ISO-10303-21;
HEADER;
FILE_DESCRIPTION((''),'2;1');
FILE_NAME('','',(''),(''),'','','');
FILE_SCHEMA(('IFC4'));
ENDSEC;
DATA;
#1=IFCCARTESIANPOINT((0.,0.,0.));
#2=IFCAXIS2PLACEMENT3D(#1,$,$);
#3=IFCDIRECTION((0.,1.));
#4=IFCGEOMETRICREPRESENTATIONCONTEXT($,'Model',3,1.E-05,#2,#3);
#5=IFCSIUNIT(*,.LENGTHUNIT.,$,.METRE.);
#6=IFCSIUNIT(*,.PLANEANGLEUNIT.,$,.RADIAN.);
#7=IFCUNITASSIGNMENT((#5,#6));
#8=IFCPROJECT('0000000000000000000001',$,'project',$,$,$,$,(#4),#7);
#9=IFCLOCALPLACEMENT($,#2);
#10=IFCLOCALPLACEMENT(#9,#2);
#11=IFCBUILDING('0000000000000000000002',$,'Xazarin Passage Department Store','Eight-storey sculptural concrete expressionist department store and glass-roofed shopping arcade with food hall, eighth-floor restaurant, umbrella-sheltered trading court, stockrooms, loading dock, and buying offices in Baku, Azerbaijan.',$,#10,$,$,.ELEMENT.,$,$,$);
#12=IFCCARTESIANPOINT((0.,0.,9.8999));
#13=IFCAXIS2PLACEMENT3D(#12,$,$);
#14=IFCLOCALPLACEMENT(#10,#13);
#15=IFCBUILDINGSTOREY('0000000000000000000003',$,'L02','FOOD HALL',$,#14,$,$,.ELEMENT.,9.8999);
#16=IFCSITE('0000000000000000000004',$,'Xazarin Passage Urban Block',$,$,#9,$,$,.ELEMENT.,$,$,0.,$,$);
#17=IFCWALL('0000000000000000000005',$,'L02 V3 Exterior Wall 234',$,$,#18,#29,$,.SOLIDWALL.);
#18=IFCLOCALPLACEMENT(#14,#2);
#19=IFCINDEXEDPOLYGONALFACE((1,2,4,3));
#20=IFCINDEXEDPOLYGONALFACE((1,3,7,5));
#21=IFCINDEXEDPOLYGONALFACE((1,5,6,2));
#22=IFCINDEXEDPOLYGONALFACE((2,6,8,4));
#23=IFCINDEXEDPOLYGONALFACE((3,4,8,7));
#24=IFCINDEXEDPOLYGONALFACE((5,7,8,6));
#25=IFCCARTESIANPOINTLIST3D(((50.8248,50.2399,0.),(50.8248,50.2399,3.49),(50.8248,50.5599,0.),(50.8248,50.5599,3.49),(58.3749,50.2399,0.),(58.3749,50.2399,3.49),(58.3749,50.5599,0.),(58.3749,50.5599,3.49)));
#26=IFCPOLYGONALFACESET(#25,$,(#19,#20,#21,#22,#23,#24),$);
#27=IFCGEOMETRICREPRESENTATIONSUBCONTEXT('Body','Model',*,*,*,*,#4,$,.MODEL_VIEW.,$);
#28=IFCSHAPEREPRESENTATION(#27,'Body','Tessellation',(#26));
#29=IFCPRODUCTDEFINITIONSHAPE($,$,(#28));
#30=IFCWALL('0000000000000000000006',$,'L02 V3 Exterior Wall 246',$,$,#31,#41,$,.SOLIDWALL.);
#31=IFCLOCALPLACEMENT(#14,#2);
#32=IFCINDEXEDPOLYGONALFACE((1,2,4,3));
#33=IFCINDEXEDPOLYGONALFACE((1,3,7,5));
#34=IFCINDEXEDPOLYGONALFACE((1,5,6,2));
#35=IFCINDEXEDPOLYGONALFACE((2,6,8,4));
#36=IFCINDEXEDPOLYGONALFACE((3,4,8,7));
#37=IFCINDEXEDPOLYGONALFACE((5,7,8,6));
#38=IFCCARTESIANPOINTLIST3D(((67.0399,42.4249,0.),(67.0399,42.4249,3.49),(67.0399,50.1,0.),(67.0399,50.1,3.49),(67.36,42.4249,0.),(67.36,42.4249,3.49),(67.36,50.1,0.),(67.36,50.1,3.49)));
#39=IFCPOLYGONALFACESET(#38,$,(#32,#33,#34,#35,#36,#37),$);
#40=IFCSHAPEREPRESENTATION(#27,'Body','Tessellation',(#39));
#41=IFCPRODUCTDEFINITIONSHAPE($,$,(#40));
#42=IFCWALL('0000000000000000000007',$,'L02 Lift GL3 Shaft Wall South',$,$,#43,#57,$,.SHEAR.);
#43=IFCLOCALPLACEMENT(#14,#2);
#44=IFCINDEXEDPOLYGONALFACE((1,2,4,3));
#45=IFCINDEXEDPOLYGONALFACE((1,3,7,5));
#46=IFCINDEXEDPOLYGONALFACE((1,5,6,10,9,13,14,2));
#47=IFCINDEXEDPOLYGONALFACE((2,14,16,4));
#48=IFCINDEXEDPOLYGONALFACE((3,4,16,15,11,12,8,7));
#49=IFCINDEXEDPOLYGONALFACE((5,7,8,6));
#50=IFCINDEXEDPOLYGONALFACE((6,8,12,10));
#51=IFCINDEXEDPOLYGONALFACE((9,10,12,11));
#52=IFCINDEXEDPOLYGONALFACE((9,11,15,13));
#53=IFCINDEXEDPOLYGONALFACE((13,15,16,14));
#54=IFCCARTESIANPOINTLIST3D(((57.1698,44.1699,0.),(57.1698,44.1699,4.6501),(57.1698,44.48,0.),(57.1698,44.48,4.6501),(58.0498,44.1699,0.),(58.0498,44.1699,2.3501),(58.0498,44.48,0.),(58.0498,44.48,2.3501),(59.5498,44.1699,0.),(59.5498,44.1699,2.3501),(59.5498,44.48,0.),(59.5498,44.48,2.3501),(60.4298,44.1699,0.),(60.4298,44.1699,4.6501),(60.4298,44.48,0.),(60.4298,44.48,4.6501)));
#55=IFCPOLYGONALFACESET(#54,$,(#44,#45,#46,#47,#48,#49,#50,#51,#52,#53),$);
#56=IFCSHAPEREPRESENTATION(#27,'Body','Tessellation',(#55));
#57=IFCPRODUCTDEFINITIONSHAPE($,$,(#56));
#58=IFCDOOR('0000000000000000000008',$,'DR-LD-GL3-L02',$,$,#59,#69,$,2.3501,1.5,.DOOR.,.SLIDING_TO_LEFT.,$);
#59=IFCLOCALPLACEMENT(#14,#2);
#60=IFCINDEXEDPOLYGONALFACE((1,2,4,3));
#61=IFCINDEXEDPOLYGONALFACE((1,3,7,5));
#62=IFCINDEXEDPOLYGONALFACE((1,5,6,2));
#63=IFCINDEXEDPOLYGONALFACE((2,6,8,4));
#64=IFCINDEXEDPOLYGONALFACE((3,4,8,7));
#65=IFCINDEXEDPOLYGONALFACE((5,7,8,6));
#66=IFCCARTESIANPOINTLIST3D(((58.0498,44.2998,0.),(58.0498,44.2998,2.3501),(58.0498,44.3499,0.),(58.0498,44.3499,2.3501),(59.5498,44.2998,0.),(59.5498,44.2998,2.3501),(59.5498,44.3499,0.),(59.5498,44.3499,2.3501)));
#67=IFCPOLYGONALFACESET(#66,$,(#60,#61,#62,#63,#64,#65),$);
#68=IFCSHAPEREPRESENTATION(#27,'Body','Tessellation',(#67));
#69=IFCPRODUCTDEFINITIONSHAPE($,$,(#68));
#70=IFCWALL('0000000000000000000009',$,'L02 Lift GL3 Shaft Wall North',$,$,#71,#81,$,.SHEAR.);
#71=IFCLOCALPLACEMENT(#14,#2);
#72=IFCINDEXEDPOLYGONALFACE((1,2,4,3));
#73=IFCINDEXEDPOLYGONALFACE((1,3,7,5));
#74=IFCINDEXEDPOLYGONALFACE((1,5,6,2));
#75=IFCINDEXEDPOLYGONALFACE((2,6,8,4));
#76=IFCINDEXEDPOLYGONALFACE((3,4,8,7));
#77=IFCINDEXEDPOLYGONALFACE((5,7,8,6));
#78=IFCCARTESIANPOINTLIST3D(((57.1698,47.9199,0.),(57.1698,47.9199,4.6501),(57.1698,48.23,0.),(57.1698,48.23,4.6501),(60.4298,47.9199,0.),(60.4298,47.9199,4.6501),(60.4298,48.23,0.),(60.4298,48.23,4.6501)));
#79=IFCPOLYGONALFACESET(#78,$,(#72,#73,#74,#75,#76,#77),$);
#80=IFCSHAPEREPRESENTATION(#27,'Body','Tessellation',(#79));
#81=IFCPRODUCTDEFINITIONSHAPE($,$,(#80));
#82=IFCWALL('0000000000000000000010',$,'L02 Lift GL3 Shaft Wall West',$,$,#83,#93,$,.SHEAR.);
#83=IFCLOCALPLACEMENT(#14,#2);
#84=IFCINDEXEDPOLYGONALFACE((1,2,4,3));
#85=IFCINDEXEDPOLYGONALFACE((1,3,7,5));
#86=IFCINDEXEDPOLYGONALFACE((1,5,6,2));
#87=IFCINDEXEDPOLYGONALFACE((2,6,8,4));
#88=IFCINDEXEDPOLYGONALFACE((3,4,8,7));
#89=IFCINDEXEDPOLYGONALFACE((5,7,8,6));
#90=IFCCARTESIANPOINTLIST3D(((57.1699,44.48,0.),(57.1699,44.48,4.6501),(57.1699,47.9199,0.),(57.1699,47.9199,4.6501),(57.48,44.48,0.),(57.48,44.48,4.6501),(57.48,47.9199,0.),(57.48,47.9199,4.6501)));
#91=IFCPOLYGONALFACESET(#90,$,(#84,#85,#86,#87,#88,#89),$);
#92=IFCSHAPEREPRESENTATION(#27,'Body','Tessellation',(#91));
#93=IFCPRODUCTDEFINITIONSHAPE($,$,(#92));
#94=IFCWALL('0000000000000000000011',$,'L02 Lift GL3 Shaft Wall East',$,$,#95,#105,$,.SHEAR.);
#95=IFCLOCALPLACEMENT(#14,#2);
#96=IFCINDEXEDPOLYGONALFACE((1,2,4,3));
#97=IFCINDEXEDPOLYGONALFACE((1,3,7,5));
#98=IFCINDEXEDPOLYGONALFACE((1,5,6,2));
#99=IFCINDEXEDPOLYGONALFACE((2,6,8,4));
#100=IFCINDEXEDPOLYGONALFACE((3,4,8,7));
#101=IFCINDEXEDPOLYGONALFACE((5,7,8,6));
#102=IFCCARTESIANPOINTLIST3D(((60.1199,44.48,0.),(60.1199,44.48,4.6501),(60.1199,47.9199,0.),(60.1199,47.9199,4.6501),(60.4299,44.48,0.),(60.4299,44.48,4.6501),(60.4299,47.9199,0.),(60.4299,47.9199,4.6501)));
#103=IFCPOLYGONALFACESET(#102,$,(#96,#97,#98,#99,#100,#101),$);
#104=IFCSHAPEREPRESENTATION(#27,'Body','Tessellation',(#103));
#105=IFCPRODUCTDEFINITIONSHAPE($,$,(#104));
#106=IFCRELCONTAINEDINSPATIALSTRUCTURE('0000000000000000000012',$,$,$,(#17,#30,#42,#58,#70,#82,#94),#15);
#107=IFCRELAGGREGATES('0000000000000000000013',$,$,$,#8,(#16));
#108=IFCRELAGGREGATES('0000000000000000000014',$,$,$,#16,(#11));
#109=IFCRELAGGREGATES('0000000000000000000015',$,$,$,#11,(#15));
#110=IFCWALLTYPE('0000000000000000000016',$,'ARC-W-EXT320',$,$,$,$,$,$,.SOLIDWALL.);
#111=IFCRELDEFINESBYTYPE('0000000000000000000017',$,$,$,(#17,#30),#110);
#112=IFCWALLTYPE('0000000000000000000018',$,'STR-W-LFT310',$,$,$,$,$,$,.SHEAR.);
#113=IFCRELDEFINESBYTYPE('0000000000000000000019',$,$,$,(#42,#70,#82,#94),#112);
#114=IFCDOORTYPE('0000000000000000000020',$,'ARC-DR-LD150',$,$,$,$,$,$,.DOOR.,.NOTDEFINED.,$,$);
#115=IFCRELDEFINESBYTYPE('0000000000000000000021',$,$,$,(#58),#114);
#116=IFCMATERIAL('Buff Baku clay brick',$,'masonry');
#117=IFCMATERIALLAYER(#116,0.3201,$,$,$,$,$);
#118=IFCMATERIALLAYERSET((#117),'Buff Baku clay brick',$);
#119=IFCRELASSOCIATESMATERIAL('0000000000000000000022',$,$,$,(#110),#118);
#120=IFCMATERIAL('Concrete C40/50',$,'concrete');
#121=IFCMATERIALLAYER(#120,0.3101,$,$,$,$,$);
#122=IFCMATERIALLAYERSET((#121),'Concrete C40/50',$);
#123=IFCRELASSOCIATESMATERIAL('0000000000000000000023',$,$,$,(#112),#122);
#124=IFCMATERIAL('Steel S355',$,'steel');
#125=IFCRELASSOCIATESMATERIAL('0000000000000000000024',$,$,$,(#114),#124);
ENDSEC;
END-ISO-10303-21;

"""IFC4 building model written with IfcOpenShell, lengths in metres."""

from ifc_helpers import new_model, si_unit, direction, frame, frame_2d, origin, place, context, subcontext, project, spatial, rectangle, extrude, material, layer, layer_set, type_object, element, fill, save


model = new_model("IFC4")

# Units and contexts
model_context = context("Model", 3, precision=1e-05, world=origin(), true_north=direction((0.0, 1.0)))
body_context = subcontext(model_context, "Body", "Model", "MODEL_VIEW")
ifc_project = project(units=[si_unit("LENGTHUNIT", "METRE"), si_unit("PLANEANGLEUNIT", "RADIAN")], contexts=[model_context])

# Site, building, storey
site_placement = place(None, origin())
site = spatial("IfcSite", under=ifc_project, at=site_placement, Name="Xazarin Passage Urban Block", CompositionType="ELEMENT", RefElevation=0.0)
building_placement = place(site_placement, origin())
building = spatial("IfcBuilding", under=site, at=building_placement, Name="Xazarin Passage Department Store", Description="Eight-storey sculptural concrete expressionist department store and glass-roofed shopping arcade with food hall, eighth-floor restaurant, umbrella-sheltered trading court, stockrooms, loading dock, and buying offices in Baku, Azerbaijan.", CompositionType="ELEMENT")
storey_placement = place(building_placement, frame((0.0, 0.0, 9.8999)))
storey = spatial("IfcBuildingStorey", under=building, at=storey_placement, Name="L02", Description="FOOD HALL", CompositionType="ELEMENT", Elevation=9.8999)

# Shared definitions
ifc_material_1 = material(Name="Concrete C40/50", Category="concrete")

# Walls
ifc_material_2 = material(Name="Buff Baku clay brick", Category="masonry")
ifc_layer_1 = layer(ifc_material_2, 0.3201)
ifc_layer_set_1 = layer_set([ifc_layer_1], Name="Buff Baku clay brick")
wall_type_1 = type_object("IfcWallType", Name="ARC-W-EXT320", PredefinedType="SOLIDWALL", material=ifc_layer_set_1)
wall_1_placement = place(storey_placement, frame((50.825, 50.3999, 0.0), z_axis=(0.0, 0.0, 1.0), x_axis=(1.0, 0.0, 0.0)))
element("IfcWall", 1, at=wall_1_placement, inside=storey, type_object=wall_type_1, Name="L02 V3 Exterior Wall 234", PredefinedType="SOLIDWALL", context=body_context, shape_type="SweptSolid", body=[
    extrude(rectangle(XDim=7.55, YDim=0.3201, at=frame_2d((3.7749, 0.0))), origin(), (0.0, 0.0, 1.0), 3.49),
])
wall_2_placement = place(storey_placement, frame((67.2, 42.425, 0.0), z_axis=(0.0, 0.0, 1.0), x_axis=(0.0, 1.0, 0.0)))
element("IfcWall", 2, at=wall_2_placement, inside=storey, type_object=wall_type_1, Name="L02 V3 Exterior Wall 246", PredefinedType="SOLIDWALL", context=body_context, shape_type="SweptSolid", body=[
    extrude(rectangle(XDim=7.675, YDim=0.3201, at=frame_2d((3.8374, 0.0))), origin(), (0.0, 0.0, 1.0), 3.49),
])

# Wall, opening, door
ifc_layer_2 = layer(ifc_material_1, 0.3101)
ifc_layer_set_2 = layer_set([ifc_layer_2], Name="Concrete C40/50")
wall_type_2 = type_object("IfcWallType", Name="STR-W-LFT310", PredefinedType="SHEAR", material=ifc_layer_set_2)
wall_3_placement = place(storey_placement, frame((57.1699, 44.325, 0.0), z_axis=(0.0, 0.0, 1.0), x_axis=(1.0, 0.0, 0.0)))
wall_3 = element("IfcWall", 3, at=wall_3_placement, inside=storey, type_object=wall_type_2, Name="L02 Lift GL3 Shaft Wall South", PredefinedType="SHEAR", context=body_context, shape_type="SweptSolid", body=[
    extrude(rectangle(XDim=3.26, YDim=0.3101, at=frame_2d((1.6299, 0.0))), origin(), (0.0, 0.0, 1.0), 4.6501),
])
opening_placement = place(wall_3_placement, frame((0.8799, 0.0, 0.0)))
opening = element("IfcOpeningElement", 4, at=opening_placement, cuts=wall_3, PredefinedType="OPENING", context=body_context, shape_type="SweptSolid", body=[
    extrude(rectangle(XDim=1.5, YDim=2.3501, at=frame_2d((0.75, 1.175))), frame((0.0, 0.165, 0.0), z_axis=(0.0, -1.0, 0.0), x_axis=(1.0, 0.0, 0.0)), (0.0, 0.0, 1.0), 0.3301),
])
ifc_material_3 = material(Name="Steel S355", Category="steel")
door_type = type_object("IfcDoorType", Name="ARC-DR-LD150", OperationType="NOTDEFINED", PredefinedType="DOOR", material=ifc_material_3)
door_placement = place(opening_placement, origin())
door = element("IfcDoor", 5, at=door_placement, inside=storey, type_object=door_type, Name="DR-LD-GL3-L02", OperationType="SLIDING_TO_LEFT", OverallHeight=2.3501, OverallWidth=1.5, PredefinedType="DOOR", context=body_context, shape_type="SweptSolid", body=[
    extrude(rectangle(XDim=1.5, YDim=2.3501, at=frame_2d((0.75, 1.175))), frame((0.0, 0.0249, 0.0), z_axis=(0.0, -1.0, 0.0), x_axis=(1.0, 0.0, 0.0)), (0.0, 0.0, 1.0), 0.05),
])
fill(opening, door)

# Walls
wall_4_placement = place(storey_placement, frame((57.1699, 48.075, 0.0), z_axis=(0.0, 0.0, 1.0), x_axis=(1.0, 0.0, 0.0)))
element("IfcWall", 6, at=wall_4_placement, inside=storey, type_object=wall_type_2, Name="L02 Lift GL3 Shaft Wall North", PredefinedType="SHEAR", context=body_context, shape_type="SweptSolid", body=[
    extrude(rectangle(XDim=3.26, YDim=0.3101, at=frame_2d((1.6299, 0.0))), origin(), (0.0, 0.0, 1.0), 4.6501),
])
for number, where, z_axis, x_axis, name in (
    (7, (57.325, 44.48, 0.0), (0.0, 0.0, 1.0), (0.0, 1.0, 0.0), "L02 Lift GL3 Shaft Wall West"),
    (8, (60.2749, 44.48, 0.0), (0.0, 0.0, 1.0), (0.0, 1.0, 0.0), "L02 Lift GL3 Shaft Wall East"),
):
    element("IfcWall", number, at=place(storey_placement, frame(where, z_axis=z_axis, x_axis=x_axis)), inside=storey, type_object=wall_type_2, Name=name, PredefinedType="SHEAR", context=body_context, shape_type="SweptSolid", body=[
        extrude(rectangle(XDim=3.4399, YDim=0.3101, at=frame_2d((1.72, 0.0))), origin(), (0.0, 0.0, 1.0), 4.6501),
    ])

save(model, "model.ifc")
